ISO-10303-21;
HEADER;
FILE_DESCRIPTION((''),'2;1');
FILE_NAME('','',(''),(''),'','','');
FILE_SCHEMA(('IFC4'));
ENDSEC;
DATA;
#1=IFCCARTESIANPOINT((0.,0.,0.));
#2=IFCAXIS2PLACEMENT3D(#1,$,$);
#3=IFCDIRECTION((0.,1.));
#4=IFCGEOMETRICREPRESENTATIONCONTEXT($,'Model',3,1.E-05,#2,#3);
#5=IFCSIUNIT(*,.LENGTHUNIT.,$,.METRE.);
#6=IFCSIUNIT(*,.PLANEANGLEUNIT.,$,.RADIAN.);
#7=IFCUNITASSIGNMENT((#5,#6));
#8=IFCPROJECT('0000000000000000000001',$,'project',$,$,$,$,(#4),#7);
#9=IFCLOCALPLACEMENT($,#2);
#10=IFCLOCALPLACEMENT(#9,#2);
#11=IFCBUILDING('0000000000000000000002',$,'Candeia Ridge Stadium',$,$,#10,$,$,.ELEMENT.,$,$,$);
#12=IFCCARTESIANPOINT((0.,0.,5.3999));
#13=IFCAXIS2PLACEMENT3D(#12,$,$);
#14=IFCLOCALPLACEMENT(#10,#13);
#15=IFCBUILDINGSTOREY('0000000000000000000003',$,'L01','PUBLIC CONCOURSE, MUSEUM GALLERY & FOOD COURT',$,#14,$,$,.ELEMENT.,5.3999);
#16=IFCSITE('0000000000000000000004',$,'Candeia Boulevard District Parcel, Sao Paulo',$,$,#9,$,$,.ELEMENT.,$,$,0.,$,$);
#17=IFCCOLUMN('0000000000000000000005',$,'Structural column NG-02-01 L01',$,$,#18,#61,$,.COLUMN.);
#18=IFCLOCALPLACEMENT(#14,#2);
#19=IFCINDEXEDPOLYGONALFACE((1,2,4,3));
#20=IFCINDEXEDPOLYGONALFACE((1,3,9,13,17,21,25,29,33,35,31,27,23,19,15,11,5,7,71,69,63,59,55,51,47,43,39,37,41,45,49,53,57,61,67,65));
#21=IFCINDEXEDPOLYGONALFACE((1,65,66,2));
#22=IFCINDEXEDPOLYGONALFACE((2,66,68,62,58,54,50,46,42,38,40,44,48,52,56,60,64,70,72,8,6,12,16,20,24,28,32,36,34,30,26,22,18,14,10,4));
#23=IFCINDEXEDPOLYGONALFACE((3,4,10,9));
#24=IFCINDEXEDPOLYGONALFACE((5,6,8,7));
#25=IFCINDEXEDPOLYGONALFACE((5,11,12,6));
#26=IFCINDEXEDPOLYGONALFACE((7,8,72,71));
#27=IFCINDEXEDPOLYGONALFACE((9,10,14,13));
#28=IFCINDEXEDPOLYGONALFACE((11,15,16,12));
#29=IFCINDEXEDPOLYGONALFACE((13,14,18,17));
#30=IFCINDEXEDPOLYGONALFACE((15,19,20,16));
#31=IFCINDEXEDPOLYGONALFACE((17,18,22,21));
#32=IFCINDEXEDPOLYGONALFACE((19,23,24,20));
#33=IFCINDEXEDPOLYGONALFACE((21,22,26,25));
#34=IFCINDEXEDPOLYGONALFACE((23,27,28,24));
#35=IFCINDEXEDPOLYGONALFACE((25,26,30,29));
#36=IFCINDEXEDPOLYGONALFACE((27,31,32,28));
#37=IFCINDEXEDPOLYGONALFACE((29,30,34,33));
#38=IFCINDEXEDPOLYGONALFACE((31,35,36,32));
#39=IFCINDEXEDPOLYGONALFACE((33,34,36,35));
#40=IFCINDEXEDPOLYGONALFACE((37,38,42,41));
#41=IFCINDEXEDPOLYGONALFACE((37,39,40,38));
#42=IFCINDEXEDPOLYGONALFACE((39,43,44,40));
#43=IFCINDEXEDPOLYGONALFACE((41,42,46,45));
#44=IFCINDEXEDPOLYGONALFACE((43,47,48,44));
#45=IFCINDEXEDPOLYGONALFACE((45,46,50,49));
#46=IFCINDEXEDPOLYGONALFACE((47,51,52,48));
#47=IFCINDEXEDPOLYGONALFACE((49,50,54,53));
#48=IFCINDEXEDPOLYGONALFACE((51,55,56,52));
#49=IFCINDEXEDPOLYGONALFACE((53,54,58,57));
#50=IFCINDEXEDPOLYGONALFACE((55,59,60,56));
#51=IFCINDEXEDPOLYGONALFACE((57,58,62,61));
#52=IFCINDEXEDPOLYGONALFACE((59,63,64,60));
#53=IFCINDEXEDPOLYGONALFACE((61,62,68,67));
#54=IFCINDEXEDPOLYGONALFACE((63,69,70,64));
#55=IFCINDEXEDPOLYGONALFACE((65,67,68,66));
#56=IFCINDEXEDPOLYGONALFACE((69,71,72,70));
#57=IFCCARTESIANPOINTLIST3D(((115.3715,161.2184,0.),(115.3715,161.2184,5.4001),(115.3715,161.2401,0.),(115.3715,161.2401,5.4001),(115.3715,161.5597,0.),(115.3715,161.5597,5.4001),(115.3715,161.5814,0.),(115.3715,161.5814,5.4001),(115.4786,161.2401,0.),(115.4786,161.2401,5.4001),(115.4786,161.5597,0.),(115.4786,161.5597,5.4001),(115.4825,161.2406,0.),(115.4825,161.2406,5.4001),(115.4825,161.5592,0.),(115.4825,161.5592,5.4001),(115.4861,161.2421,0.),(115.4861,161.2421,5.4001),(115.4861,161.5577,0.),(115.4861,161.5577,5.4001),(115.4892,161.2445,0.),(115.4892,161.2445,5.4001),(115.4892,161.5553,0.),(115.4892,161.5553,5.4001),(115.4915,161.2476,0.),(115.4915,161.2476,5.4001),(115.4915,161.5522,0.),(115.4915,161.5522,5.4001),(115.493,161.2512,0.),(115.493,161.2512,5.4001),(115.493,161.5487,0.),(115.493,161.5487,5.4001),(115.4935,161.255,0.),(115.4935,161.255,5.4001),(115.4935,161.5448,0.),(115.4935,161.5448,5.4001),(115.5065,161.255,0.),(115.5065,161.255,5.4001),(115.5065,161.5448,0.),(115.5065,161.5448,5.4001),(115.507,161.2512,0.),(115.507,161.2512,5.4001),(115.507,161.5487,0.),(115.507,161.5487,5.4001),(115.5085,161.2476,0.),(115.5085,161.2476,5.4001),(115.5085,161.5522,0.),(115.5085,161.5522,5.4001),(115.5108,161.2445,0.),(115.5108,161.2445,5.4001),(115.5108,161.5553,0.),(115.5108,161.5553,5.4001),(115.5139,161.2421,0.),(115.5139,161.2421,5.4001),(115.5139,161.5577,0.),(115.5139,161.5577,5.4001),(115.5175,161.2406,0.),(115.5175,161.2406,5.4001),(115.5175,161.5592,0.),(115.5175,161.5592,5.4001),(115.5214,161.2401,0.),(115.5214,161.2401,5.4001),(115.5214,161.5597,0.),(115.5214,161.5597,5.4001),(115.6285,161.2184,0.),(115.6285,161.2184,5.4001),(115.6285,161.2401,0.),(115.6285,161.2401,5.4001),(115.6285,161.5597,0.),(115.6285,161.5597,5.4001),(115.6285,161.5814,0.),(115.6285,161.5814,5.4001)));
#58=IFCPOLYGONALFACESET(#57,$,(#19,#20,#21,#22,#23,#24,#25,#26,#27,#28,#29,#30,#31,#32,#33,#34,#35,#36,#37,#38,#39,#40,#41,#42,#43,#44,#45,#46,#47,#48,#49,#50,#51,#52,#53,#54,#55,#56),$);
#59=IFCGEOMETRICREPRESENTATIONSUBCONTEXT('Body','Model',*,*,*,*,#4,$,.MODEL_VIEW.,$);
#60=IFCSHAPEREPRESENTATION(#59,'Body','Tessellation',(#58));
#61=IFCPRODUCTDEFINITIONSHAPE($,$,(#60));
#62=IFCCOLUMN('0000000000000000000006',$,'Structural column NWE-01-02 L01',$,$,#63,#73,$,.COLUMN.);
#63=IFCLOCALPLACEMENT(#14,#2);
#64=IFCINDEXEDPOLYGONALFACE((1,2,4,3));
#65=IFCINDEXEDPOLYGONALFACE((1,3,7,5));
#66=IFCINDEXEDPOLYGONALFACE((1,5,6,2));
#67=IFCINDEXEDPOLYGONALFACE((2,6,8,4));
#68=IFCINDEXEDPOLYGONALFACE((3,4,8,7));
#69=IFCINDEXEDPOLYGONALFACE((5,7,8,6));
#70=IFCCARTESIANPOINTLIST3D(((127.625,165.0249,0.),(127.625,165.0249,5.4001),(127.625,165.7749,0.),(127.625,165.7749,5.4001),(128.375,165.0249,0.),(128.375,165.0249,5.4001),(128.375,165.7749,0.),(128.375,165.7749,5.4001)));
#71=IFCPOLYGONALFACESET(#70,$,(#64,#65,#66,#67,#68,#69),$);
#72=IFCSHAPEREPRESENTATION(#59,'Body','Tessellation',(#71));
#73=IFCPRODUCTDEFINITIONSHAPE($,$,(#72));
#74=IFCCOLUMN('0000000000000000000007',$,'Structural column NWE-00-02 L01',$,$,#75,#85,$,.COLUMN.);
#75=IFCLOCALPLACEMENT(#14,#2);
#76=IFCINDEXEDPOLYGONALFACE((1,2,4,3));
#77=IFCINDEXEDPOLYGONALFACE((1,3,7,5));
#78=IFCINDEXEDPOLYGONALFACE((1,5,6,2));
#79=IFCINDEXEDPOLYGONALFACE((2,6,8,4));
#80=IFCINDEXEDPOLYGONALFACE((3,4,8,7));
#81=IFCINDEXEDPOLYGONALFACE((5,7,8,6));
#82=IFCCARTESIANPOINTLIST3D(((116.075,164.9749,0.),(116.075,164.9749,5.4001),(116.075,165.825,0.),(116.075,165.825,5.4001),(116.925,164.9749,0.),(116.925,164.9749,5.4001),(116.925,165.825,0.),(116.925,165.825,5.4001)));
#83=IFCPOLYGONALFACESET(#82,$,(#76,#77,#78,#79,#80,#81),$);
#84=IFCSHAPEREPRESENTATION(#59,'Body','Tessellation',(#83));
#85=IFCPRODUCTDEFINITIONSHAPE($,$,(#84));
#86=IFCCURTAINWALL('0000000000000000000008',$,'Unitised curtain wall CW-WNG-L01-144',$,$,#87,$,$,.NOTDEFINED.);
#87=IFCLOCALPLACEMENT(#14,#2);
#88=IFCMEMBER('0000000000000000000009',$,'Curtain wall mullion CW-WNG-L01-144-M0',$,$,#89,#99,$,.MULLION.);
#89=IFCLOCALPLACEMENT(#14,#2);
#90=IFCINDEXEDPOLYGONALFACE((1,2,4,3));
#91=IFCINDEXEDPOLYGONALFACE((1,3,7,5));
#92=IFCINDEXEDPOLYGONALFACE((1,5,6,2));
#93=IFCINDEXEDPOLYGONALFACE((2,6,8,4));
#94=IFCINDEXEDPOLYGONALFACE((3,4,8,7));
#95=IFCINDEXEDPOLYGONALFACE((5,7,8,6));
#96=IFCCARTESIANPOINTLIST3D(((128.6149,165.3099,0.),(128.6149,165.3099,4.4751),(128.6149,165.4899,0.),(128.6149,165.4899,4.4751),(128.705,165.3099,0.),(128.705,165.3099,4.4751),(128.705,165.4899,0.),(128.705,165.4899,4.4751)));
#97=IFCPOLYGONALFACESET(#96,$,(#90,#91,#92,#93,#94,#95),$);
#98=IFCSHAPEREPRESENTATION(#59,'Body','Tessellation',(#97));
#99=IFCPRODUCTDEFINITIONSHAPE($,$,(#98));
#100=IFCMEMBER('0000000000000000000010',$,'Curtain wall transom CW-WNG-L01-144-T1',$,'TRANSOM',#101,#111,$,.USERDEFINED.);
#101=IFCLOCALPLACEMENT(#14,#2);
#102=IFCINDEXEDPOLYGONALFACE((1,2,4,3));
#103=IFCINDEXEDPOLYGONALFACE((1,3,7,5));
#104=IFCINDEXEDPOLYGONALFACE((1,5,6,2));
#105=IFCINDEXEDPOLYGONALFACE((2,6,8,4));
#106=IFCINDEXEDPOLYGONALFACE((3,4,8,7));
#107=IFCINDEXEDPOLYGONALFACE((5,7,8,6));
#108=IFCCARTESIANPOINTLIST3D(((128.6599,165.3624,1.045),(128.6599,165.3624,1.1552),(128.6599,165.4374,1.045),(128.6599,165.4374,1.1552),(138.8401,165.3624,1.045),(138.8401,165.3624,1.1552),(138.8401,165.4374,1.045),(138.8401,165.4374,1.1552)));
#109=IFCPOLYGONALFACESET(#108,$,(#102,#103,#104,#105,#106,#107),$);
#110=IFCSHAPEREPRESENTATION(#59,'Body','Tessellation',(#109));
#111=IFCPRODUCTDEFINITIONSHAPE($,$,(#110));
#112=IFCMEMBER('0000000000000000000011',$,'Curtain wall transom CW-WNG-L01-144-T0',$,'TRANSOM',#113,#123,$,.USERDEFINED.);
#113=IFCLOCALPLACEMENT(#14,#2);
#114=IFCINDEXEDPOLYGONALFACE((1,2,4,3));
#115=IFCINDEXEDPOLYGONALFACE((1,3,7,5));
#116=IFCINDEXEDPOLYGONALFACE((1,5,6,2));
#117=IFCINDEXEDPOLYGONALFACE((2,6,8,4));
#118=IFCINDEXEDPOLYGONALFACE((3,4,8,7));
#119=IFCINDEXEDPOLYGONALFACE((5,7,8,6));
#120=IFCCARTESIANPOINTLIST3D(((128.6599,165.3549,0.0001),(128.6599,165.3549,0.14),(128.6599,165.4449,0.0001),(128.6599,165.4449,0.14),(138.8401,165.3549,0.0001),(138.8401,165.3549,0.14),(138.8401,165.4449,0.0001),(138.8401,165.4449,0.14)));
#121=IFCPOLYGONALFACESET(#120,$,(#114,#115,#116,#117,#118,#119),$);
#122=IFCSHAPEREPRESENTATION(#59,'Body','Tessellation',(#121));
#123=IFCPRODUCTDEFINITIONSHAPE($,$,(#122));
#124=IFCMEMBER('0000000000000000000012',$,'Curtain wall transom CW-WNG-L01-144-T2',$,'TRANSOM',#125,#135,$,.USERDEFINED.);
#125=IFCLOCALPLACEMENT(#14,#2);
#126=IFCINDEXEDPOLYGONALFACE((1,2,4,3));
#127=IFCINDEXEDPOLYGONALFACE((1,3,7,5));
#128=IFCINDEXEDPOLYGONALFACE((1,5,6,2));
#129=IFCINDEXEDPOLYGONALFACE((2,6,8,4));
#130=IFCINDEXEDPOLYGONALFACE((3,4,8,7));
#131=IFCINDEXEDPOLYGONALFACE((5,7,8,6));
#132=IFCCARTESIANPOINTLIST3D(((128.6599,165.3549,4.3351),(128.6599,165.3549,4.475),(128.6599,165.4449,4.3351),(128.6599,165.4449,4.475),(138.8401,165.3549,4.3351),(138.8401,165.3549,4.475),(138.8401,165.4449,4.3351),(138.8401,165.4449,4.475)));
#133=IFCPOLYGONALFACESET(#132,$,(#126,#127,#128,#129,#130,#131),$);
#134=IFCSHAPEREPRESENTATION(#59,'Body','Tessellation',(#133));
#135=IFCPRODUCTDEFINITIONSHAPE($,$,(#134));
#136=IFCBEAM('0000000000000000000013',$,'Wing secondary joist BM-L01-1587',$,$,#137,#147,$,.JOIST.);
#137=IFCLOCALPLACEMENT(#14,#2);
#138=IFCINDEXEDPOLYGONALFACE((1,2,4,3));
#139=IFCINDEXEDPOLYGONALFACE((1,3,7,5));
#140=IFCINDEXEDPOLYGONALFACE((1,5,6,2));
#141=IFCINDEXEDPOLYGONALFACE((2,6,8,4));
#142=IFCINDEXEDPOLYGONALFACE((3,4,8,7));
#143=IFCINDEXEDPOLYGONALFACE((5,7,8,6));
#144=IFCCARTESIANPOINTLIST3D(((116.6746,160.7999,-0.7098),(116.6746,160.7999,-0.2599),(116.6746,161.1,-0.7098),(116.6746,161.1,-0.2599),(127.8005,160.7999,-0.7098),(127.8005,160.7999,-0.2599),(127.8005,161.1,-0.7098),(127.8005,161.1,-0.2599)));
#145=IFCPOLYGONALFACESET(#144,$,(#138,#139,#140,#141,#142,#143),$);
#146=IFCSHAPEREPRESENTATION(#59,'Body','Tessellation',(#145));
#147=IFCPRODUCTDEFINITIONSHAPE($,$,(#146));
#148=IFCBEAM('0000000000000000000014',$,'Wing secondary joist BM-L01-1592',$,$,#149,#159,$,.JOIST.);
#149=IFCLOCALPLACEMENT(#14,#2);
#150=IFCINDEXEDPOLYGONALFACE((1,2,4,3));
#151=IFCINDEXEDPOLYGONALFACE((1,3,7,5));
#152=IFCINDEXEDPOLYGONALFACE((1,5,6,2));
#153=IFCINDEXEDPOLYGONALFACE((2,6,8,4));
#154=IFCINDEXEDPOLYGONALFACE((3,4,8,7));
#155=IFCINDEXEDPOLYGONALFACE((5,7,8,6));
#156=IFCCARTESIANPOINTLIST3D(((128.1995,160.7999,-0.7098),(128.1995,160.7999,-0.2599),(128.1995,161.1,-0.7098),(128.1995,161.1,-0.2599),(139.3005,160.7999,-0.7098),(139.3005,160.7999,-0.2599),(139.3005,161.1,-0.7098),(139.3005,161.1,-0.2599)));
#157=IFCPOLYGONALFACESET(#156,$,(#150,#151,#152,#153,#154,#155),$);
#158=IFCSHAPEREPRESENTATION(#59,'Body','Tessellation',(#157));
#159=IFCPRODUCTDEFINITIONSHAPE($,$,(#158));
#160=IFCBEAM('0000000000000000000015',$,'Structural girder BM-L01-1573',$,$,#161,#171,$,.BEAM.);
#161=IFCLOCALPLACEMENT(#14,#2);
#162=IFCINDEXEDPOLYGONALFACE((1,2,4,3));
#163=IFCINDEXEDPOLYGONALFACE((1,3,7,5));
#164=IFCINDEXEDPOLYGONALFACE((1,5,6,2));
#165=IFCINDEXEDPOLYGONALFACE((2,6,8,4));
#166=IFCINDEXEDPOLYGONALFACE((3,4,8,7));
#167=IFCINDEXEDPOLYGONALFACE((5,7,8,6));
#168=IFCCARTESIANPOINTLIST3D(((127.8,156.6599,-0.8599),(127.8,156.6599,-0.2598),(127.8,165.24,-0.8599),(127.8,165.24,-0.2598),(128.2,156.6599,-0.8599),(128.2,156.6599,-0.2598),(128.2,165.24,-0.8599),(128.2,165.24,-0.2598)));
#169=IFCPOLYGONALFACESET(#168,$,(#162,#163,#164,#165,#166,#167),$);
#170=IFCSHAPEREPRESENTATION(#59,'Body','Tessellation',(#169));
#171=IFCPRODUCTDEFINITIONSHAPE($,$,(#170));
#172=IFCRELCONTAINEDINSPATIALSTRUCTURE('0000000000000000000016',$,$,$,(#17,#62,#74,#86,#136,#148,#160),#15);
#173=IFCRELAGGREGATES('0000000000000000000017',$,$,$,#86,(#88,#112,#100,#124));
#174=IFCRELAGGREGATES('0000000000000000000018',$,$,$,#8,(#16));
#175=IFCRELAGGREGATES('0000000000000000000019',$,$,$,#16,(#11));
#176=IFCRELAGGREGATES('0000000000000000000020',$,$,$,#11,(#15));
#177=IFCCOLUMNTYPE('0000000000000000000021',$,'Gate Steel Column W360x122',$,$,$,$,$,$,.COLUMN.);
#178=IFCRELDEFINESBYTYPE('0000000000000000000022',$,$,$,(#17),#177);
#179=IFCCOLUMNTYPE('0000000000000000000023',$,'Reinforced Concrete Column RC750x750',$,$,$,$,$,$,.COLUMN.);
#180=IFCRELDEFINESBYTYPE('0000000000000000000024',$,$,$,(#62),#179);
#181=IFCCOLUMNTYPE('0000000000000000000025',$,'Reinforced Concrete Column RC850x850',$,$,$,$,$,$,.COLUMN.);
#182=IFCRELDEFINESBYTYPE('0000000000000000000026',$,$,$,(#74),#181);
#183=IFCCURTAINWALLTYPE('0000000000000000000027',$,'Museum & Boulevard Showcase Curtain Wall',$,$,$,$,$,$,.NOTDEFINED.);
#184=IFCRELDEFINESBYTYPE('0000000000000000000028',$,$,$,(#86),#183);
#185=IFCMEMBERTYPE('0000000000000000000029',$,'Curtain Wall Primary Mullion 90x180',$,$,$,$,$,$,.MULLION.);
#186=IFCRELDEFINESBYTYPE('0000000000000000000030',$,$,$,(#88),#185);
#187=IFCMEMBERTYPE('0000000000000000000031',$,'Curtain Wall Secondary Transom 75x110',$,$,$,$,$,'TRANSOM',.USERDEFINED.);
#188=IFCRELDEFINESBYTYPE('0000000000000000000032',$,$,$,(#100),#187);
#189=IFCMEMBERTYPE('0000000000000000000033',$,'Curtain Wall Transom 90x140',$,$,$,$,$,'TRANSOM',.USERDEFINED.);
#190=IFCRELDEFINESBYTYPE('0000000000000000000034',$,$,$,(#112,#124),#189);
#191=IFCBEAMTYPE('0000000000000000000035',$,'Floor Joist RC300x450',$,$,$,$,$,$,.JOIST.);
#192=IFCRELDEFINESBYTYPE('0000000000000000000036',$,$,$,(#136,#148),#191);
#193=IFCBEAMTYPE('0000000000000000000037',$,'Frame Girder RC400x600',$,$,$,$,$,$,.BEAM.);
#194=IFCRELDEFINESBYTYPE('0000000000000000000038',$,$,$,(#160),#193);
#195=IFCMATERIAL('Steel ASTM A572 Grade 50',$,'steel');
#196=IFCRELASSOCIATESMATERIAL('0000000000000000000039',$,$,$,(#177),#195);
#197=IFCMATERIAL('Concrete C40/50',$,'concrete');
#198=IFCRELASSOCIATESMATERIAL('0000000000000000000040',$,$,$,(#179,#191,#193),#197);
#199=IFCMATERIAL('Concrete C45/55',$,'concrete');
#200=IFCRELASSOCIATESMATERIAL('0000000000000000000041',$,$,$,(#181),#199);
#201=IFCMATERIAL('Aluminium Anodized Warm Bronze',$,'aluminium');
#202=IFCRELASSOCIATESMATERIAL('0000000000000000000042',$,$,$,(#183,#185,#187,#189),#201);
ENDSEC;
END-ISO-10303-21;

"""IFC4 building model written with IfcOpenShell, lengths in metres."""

from ifc_helpers import new_model, si_unit, direction, frame, origin, origin_2d, place, context, subcontext, project, spatial, rectangle, i_section, extrude, material, material_profile, profile_set, type_object, element, aggregate, save


model = new_model("IFC4")

# Units and contexts
model_context = context("Model", 3, precision=1e-05, world=origin(), true_north=direction((0.0, 1.0)))
body_context = subcontext(model_context, "Body", "Model", "MODEL_VIEW")
ifc_project = project(units=[si_unit("LENGTHUNIT", "METRE"), si_unit("PLANEANGLEUNIT", "RADIAN")], contexts=[model_context])

# Site, building, storey
site_placement = place(None, origin())
site = spatial("IfcSite", under=ifc_project, at=site_placement, Name="Candeia Boulevard District Parcel, Sao Paulo", CompositionType="ELEMENT", RefElevation=0.0)
building_placement = place(site_placement, origin())
building = spatial("IfcBuilding", under=site, at=building_placement, Name="Candeia Ridge Stadium", CompositionType="ELEMENT")
storey_placement = place(building_placement, frame((0.0, 0.0, 5.3999)))
storey = spatial("IfcBuildingStorey", under=building, at=storey_placement, Name="L01", Description="PUBLIC CONCOURSE, MUSEUM GALLERY & FOOD COURT", CompositionType="ELEMENT", Elevation=5.3999)

# Columns
ifc_material_1 = material(Name="Steel ASTM A572 Grade 50", Category="steel")
ifc_material_profile_1 = material_profile(ifc_material_1, i_section(OverallWidth=0.2571, OverallDepth=0.363, WebThickness=0.0129, FlangeThickness=0.0217, FilletRadius=0.0149, at=origin_2d()), Name="W360x122", Category="steel")
ifc_profile_set_1 = profile_set([ifc_material_profile_1], Name="Steel ASTM A572 Grade 50")
column_type_1 = type_object("IfcColumnType", Name="Gate Steel Column W360x122", PredefinedType="COLUMN", material=ifc_profile_set_1)
column_1_placement = place(storey_placement, frame((115.5, 161.3999, 0.0), z_axis=(0.0, 0.0, 1.0), x_axis=(1.0, 0.0, 0.0)))
element("IfcColumn", 1, at=column_1_placement, inside=storey, type_object=column_type_1, Name="Structural column NG-02-01 L01", PredefinedType="COLUMN", context=body_context, shape_type="SweptSolid", body=[
    extrude(i_section(OverallWidth=0.2571, OverallDepth=0.363, WebThickness=0.0129, FlangeThickness=0.0217, FilletRadius=0.0149, at=origin_2d()), origin(), (0.0, 0.0, 1.0), 5.4001),
])
ifc_material_2 = material(Name="Concrete C40/50", Category="concrete")
ifc_material_profile_2 = material_profile(ifc_material_2, rectangle(XDim=0.75, YDim=0.75, at=origin_2d()), Name="RC750x750", Category="concrete")
ifc_profile_set_2 = profile_set([ifc_material_profile_2], Name="Concrete C40/50")
column_type_2 = type_object("IfcColumnType", Name="Reinforced Concrete Column RC750x750", PredefinedType="COLUMN", material=ifc_profile_set_2)
column_2_placement = place(storey_placement, frame((128.0, 165.3999, 0.0), z_axis=(0.0, 0.0, 1.0), x_axis=(1.0, 0.0, 0.0)))
element("IfcColumn", 2, at=column_2_placement, inside=storey, type_object=column_type_2, Name="Structural column NWE-01-02 L01", PredefinedType="COLUMN", context=body_context, shape_type="SweptSolid", body=[
    extrude(rectangle(XDim=0.75, YDim=0.75, at=origin_2d()), origin(), (0.0, 0.0, 1.0), 5.4001),
])
ifc_material_3 = material(Name="Concrete C45/55", Category="concrete")
ifc_material_profile_3 = material_profile(ifc_material_3, rectangle(XDim=0.8501, YDim=0.8501, at=origin_2d()), Name="RC850x850", Category="concrete")
ifc_profile_set_3 = profile_set([ifc_material_profile_3], Name="Concrete C45/55")
column_type_3 = type_object("IfcColumnType", Name="Reinforced Concrete Column RC850x850", PredefinedType="COLUMN", material=ifc_profile_set_3)
column_3_placement = place(storey_placement, frame((116.5, 165.3999, 0.0), z_axis=(0.0, 0.0, 1.0), x_axis=(1.0, 0.0, 0.0)))
element("IfcColumn", 3, at=column_3_placement, inside=storey, type_object=column_type_3, Name="Structural column NWE-00-02 L01", PredefinedType="COLUMN", context=body_context, shape_type="SweptSolid", body=[
    extrude(rectangle(XDim=0.8501, YDim=0.8501, at=origin_2d()), origin(), (0.0, 0.0, 1.0), 5.4001),
])

# Curtain wall, members
ifc_material_4 = material(Name="Aluminium Anodized Warm Bronze", Category="aluminium")
curtain_wall_type = type_object("IfcCurtainWallType", Name="Museum & Boulevard Showcase Curtain Wall", PredefinedType="NOTDEFINED", material=ifc_material_4)
curtain_wall_placement = place(storey_placement, origin())
curtain_wall = element("IfcCurtainWall", 4, at=curtain_wall_placement, inside=storey, type_object=curtain_wall_type, Name="Unitised curtain wall CW-WNG-L01-144", PredefinedType="NOTDEFINED")
ifc_material_profile_4 = material_profile(ifc_material_4, rectangle(XDim=0.0901, YDim=0.1799, at=origin_2d()), Name="CWM-90x180", Category="aluminium")
ifc_profile_set_4 = profile_set([ifc_material_profile_4], Name="Aluminium Anodized Warm Bronze")
member_type_1 = type_object("IfcMemberType", Name="Curtain Wall Primary Mullion 90x180", PredefinedType="MULLION", material=ifc_profile_set_4)
member_1_placement = place(storey_placement, frame((128.6599, 165.3999, 0.0), z_axis=(0.0, 0.0, 1.0), x_axis=(1.0, 0.0, 0.0)))
member_1 = element("IfcMember", 5, at=member_1_placement, type_object=member_type_1, Name="Curtain wall mullion CW-WNG-L01-144-M0", PredefinedType="MULLION", context=body_context, shape_type="SweptSolid", body=[
    extrude(rectangle(XDim=0.0901, YDim=0.1799, at=origin_2d()), origin(), (0.0, 0.0, 1.0), 4.4751),
])
ifc_material_profile_5 = material_profile(ifc_material_4, rectangle(XDim=0.075, YDim=0.1101, at=origin_2d()), Name="CWT-75x110", Category="aluminium")
ifc_profile_set_5 = profile_set([ifc_material_profile_5], Name="Aluminium Anodized Warm Bronze")
member_type_2 = type_object("IfcMemberType", Name="Curtain Wall Secondary Transom 75x110", ElementType="TRANSOM", PredefinedType="USERDEFINED", material=ifc_profile_set_5)
member_2_placement = place(storey_placement, frame((128.6599, 165.3999, 1.1001), z_axis=(1.0, 0.0, 0.0), x_axis=(0.0, 1.0, 0.0)))
member_2 = element("IfcMember", 6, at=member_2_placement, type_object=member_type_2, Name="Curtain wall transom CW-WNG-L01-144-T1", ObjectType="TRANSOM", PredefinedType="USERDEFINED", context=body_context, shape_type="SweptSolid", body=[
    extrude(rectangle(XDim=0.075, YDim=0.1101, at=origin_2d()), origin(), (0.0, 0.0, 1.0), 10.1802),
])
ifc_material_profile_6 = material_profile(ifc_material_4, rectangle(XDim=0.0901, YDim=0.1399, at=origin_2d()), Name="CWT-90x140", Category="aluminium")
ifc_profile_set_6 = profile_set([ifc_material_profile_6], Name="Aluminium Anodized Warm Bronze")
member_type_3 = type_object("IfcMemberType", Name="Curtain Wall Transom 90x140", ElementType="TRANSOM", PredefinedType="USERDEFINED", material=ifc_profile_set_6)
member_3_placement = place(storey_placement, frame((128.6599, 165.3999, 0.0701), z_axis=(1.0, 0.0, 0.0), x_axis=(0.0, 1.0, 0.0)))
member_3 = element("IfcMember", 7, at=member_3_placement, type_object=member_type_3, Name="Curtain wall transom CW-WNG-L01-144-T0", ObjectType="TRANSOM", PredefinedType="USERDEFINED", context=body_context, shape_type="SweptSolid", body=[
    extrude(rectangle(XDim=0.0901, YDim=0.1399, at=origin_2d()), origin(), (0.0, 0.0, 1.0), 10.1802),
])
member_4_placement = place(storey_placement, frame((128.6599, 165.3999, 4.405), z_axis=(1.0, 0.0, 0.0), x_axis=(0.0, 1.0, 0.0)))
member_4 = element("IfcMember", 8, at=member_4_placement, type_object=member_type_3, Name="Curtain wall transom CW-WNG-L01-144-T2", ObjectType="TRANSOM", PredefinedType="USERDEFINED", context=body_context, shape_type="SweptSolid", body=[
    extrude(rectangle(XDim=0.0901, YDim=0.1399, at=origin_2d()), origin(), (0.0, 0.0, 1.0), 10.1802),
])

# Beams
ifc_material_profile_7 = material_profile(ifc_material_2, rectangle(XDim=0.3, YDim=0.45, at=origin_2d()), Name="RC300x450", Category="concrete")
ifc_profile_set_7 = profile_set([ifc_material_profile_7], Name="Concrete C40/50")
beam_type_1 = type_object("IfcBeamType", Name="Floor Joist RC300x450", PredefinedType="JOIST", material=ifc_profile_set_7)
beam_1_placement = place(storey_placement, frame((116.6746, 160.95, -0.4849), z_axis=(1.0, 0.0, 0.0), x_axis=(0.0, 1.0, 0.0)))
element("IfcBeam", 9, at=beam_1_placement, inside=storey, type_object=beam_type_1, Name="Wing secondary joist BM-L01-1587", PredefinedType="JOIST", context=body_context, shape_type="SweptSolid", body=[
    extrude(rectangle(XDim=0.3, YDim=0.45, at=origin_2d()), origin(), (0.0, 0.0, 1.0), 11.126),
])
beam_2_placement = place(storey_placement, frame((128.1995, 160.95, -0.4849), z_axis=(1.0, 0.0, 0.0), x_axis=(0.0, 1.0, 0.0)))
element("IfcBeam", 10, at=beam_2_placement, inside=storey, type_object=beam_type_1, Name="Wing secondary joist BM-L01-1592", PredefinedType="JOIST", context=body_context, shape_type="SweptSolid", body=[
    extrude(rectangle(XDim=0.3, YDim=0.45, at=origin_2d()), origin(), (0.0, 0.0, 1.0), 11.1011),
])
ifc_material_profile_8 = material_profile(ifc_material_2, rectangle(XDim=0.3999, YDim=0.6001, at=origin_2d()), Name="RC400x600", Category="concrete")
ifc_profile_set_8 = profile_set([ifc_material_profile_8], Name="Concrete C40/50")
beam_type_2 = type_object("IfcBeamType", Name="Frame Girder RC400x600", PredefinedType="BEAM", material=ifc_profile_set_8)
beam_3_placement = place(storey_placement, frame((128.0, 156.6599, -0.5598), z_axis=(0.0, 1.0, 0.0), x_axis=(-1.0, 0.0, 0.0)))
element("IfcBeam", 11, at=beam_3_placement, inside=storey, type_object=beam_type_2, Name="Structural girder BM-L01-1573", PredefinedType="BEAM", context=body_context, shape_type="SweptSolid", body=[
    extrude(rectangle(XDim=0.3999, YDim=0.6001, at=origin_2d()), origin(), (0.0, 0.0, 1.0), 8.5801),
])

aggregate(curtain_wall, [member_1, member_3, member_2, member_4])

save(model, "model.ifc")
